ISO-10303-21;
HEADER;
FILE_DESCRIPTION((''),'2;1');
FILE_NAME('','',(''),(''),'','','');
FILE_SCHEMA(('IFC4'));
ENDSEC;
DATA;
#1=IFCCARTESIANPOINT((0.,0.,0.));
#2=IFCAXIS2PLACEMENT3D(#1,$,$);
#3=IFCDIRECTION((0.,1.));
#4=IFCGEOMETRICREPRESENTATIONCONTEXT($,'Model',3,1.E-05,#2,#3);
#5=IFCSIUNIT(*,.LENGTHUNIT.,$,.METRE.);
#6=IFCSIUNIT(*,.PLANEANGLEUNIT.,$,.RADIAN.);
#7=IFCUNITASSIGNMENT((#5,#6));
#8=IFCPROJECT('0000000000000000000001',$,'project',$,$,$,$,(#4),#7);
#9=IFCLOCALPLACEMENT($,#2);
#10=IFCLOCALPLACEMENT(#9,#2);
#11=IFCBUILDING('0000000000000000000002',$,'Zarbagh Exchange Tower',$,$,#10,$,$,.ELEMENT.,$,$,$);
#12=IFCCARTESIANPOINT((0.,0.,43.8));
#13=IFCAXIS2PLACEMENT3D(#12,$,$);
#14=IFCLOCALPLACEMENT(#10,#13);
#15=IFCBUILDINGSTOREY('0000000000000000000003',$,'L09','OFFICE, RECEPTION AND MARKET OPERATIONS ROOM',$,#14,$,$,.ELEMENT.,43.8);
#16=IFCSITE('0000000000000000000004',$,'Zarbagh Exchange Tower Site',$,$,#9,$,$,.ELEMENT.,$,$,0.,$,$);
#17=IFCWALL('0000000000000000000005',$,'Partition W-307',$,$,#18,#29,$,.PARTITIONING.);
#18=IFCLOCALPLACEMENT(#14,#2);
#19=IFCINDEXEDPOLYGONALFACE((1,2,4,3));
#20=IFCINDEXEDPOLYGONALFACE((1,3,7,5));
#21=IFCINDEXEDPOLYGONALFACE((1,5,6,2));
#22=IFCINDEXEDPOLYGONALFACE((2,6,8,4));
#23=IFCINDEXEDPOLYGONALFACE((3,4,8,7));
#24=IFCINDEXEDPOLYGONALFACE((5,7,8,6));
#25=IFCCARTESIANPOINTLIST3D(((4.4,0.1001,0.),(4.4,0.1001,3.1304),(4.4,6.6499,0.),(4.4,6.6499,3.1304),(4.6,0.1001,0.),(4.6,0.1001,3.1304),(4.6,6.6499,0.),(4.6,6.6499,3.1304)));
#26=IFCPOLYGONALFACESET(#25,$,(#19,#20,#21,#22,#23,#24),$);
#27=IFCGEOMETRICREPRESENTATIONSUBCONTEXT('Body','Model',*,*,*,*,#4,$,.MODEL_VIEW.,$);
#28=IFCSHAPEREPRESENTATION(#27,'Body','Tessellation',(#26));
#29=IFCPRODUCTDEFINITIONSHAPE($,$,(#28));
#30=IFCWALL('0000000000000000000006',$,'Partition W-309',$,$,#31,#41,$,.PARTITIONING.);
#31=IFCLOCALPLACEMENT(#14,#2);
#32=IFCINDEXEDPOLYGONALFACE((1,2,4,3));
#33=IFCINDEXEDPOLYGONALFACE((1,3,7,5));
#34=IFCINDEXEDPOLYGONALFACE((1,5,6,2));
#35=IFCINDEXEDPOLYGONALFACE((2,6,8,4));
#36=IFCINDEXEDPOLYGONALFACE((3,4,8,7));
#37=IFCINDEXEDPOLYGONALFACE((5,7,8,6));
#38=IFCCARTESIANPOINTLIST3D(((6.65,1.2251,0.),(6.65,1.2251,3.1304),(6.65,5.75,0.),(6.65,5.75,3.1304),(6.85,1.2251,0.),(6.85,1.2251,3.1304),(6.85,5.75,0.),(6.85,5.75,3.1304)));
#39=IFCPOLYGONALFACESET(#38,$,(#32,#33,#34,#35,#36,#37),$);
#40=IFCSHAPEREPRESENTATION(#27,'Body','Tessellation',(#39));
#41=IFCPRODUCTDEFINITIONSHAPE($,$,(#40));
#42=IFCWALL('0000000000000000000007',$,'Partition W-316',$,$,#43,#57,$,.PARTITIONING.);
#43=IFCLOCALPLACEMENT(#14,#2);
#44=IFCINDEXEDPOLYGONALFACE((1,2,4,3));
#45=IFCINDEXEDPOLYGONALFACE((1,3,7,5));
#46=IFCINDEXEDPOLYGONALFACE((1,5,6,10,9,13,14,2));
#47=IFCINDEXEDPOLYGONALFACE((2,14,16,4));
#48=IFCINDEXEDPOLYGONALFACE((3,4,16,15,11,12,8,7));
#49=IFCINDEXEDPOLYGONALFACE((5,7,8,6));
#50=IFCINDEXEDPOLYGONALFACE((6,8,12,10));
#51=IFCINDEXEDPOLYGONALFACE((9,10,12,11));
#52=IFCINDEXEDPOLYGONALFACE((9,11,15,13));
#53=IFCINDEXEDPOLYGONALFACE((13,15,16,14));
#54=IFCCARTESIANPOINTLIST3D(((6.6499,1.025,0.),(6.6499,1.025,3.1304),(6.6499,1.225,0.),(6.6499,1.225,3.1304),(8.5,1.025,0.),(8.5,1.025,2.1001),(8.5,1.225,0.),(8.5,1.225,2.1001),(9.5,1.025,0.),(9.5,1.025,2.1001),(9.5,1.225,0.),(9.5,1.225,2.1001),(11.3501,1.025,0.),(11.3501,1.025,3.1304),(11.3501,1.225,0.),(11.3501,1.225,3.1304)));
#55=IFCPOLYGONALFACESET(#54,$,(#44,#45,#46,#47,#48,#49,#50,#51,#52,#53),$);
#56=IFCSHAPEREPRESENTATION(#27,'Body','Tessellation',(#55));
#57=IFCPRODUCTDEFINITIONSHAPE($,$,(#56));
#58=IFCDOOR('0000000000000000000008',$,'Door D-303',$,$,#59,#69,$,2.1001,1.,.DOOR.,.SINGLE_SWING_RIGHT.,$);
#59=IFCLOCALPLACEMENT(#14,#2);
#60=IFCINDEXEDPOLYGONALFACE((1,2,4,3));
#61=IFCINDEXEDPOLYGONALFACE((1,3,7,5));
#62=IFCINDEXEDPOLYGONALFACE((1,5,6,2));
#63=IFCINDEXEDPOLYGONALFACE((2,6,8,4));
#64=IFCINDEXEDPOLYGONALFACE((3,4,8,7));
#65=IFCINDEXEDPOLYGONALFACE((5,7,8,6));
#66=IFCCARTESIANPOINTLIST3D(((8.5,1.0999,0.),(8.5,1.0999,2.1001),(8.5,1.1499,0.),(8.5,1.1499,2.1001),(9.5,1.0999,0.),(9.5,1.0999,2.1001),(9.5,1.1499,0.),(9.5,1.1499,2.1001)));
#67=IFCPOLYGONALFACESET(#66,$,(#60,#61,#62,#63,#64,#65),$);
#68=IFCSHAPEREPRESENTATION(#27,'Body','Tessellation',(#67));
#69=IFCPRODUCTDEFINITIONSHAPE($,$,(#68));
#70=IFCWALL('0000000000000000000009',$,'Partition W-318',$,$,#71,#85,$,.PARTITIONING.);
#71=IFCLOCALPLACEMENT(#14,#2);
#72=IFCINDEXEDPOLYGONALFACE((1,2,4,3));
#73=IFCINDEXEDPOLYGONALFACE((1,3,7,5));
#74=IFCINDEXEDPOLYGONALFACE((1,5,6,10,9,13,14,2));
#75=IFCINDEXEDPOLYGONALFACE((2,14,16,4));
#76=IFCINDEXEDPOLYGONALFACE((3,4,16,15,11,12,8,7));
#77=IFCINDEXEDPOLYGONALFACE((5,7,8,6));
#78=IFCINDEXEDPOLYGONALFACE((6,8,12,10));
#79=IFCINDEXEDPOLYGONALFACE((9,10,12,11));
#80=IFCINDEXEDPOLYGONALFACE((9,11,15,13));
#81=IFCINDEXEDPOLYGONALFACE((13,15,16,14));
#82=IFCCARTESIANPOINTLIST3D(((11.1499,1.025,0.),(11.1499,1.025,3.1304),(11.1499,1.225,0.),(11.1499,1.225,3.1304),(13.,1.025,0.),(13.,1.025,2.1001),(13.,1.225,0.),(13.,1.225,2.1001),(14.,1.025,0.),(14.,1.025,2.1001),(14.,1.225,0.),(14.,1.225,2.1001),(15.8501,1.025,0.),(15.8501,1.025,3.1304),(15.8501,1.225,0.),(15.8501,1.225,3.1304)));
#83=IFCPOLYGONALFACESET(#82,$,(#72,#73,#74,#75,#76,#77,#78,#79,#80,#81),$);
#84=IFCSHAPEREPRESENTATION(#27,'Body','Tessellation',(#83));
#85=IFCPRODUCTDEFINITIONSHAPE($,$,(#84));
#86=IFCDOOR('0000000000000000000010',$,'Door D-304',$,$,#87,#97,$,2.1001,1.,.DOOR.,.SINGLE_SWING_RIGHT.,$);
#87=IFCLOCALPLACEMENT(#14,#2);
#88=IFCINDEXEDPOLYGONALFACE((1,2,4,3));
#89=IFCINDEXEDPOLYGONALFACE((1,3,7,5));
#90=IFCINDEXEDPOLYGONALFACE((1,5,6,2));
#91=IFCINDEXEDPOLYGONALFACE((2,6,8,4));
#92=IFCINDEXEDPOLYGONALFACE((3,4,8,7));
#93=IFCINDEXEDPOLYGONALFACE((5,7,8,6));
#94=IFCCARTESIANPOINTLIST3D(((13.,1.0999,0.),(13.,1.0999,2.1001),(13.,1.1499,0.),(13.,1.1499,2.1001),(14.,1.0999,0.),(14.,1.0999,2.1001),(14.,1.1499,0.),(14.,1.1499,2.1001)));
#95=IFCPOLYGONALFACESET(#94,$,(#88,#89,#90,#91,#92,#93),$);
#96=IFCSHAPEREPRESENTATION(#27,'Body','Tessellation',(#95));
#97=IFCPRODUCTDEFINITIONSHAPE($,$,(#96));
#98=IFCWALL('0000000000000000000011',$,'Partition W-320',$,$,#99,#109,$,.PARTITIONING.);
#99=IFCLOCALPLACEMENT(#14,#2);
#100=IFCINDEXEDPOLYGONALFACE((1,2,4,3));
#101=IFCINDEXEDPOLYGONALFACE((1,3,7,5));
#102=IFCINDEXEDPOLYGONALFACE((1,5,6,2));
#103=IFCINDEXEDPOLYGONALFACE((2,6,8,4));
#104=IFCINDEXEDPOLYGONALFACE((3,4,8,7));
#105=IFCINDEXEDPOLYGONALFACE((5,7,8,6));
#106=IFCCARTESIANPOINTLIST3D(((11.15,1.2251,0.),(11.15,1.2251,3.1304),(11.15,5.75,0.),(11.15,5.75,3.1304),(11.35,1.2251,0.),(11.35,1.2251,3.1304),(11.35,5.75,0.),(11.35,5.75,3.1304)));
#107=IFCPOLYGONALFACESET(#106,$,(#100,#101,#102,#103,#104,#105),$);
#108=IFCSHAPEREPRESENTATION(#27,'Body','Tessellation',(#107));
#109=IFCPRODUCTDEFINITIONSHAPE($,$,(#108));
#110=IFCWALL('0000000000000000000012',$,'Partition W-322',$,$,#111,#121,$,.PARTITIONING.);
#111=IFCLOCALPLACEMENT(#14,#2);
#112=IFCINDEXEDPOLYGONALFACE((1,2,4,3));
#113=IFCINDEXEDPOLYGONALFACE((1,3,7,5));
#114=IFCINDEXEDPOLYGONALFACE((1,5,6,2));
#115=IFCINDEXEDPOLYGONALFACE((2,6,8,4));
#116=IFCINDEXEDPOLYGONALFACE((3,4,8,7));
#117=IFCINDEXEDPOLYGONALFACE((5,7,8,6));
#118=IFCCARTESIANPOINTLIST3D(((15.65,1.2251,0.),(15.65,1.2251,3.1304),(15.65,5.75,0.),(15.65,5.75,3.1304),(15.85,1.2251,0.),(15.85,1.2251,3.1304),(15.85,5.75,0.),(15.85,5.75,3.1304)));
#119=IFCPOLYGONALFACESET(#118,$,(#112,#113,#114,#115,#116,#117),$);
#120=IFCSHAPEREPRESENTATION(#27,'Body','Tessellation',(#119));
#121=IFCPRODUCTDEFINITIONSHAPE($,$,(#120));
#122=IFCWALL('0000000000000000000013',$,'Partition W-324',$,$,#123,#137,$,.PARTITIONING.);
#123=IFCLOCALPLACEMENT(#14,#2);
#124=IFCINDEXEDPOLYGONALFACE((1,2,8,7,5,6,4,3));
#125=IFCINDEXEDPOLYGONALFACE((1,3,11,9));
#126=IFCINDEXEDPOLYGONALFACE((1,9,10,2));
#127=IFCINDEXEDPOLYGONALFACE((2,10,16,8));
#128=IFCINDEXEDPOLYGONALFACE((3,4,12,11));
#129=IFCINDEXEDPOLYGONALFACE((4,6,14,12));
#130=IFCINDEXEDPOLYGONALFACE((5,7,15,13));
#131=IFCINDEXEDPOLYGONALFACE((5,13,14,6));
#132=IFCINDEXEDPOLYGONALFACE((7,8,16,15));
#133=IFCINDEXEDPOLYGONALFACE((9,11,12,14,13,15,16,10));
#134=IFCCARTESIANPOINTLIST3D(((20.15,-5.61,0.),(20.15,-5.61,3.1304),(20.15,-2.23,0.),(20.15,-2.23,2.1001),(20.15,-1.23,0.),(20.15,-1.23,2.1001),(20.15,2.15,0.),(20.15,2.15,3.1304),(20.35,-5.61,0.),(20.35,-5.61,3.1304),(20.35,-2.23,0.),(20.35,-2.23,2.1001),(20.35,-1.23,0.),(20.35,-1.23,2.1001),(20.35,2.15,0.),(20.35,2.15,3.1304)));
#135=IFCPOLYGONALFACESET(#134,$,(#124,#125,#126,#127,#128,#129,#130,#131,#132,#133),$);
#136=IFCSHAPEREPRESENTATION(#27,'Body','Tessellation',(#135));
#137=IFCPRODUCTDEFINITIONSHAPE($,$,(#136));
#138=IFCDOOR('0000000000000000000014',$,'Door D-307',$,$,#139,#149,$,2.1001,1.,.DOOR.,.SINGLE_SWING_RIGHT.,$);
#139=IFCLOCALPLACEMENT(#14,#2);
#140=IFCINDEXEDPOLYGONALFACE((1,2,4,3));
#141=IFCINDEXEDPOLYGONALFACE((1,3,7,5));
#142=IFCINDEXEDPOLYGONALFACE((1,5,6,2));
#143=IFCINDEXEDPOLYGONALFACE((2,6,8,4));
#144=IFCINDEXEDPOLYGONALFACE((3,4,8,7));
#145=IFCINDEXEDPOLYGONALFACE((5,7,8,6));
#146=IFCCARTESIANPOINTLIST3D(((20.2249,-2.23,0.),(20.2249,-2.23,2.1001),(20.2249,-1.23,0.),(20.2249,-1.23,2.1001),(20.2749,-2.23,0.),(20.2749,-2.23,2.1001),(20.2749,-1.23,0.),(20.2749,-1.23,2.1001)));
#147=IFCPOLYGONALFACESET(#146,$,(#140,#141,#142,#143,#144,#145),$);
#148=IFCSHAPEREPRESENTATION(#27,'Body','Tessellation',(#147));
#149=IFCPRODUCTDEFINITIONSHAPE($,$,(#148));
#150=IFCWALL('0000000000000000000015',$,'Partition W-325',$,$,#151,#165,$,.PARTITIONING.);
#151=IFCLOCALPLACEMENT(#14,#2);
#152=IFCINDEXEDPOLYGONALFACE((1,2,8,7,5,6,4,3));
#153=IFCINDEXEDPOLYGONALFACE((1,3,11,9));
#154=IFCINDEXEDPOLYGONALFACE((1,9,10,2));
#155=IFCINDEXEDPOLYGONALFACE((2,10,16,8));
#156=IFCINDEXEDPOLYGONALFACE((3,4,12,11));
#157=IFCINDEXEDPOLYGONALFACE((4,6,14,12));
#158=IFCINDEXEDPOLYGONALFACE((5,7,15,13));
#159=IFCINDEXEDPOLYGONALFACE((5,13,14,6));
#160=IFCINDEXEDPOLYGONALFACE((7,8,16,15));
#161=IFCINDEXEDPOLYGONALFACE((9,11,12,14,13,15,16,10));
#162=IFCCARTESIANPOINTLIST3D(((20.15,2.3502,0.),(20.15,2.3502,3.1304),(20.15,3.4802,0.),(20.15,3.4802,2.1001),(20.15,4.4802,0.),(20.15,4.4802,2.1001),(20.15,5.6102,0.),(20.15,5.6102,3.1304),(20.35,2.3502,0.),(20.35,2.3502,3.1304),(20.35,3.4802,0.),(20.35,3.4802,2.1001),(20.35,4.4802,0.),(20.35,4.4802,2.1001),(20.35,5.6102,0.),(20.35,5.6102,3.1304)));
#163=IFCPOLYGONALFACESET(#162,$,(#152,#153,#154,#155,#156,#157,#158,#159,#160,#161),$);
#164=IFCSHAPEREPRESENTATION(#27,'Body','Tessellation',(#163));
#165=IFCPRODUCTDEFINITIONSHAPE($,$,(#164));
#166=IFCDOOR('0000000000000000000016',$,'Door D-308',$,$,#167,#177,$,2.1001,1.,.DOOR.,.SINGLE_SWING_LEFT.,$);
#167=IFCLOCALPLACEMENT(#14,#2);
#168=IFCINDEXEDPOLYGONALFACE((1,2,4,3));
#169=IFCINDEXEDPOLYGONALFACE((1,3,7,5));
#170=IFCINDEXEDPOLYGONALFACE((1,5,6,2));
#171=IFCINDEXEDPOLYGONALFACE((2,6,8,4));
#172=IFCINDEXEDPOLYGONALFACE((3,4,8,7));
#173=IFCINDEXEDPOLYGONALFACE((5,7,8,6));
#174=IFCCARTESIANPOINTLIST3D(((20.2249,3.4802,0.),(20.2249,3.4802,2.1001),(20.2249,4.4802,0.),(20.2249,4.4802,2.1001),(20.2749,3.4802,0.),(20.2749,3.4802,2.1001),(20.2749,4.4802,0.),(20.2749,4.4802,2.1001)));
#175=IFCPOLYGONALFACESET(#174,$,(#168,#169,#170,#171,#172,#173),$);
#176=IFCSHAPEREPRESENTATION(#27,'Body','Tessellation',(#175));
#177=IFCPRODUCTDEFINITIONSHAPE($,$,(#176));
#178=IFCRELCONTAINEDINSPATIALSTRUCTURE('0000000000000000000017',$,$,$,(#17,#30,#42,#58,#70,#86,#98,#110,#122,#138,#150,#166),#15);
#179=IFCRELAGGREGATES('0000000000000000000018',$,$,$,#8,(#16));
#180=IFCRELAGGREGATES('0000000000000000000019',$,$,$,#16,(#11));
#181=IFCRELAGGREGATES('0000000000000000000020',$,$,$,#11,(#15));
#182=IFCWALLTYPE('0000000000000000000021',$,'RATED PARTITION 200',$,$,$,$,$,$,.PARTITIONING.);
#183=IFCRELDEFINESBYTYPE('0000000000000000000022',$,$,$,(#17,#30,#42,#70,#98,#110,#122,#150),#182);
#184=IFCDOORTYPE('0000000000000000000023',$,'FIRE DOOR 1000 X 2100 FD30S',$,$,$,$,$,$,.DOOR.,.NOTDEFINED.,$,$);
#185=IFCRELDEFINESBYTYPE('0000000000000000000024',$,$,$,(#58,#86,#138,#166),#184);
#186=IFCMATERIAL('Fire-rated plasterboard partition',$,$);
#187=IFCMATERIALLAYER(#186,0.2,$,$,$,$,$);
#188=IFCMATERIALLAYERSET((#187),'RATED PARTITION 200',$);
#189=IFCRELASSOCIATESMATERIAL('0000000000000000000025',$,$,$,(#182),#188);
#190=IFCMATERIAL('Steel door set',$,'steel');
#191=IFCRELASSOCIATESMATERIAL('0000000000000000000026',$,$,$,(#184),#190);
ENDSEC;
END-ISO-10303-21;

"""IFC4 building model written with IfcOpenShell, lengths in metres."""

from ifc_helpers import new_model, si_unit, direction, frame, frame_2d, origin, place, context, subcontext, project, spatial, rectangle, extrude, material, layer, layer_set, type_object, element, fill, save


model = new_model("IFC4")

# Units and contexts
model_context = context("Model", 3, precision=1e-05, world=origin(), true_north=direction((0.0, 1.0)))
body_context = subcontext(model_context, "Body", "Model", "MODEL_VIEW")
ifc_project = project(units=[si_unit("LENGTHUNIT", "METRE"), si_unit("PLANEANGLEUNIT", "RADIAN")], contexts=[model_context])

# Site, building, storey
site_placement = place(None, origin())
site = spatial("IfcSite", under=ifc_project, at=site_placement, Name="Zarbagh Exchange Tower Site", CompositionType="ELEMENT", RefElevation=0.0)
building_placement = place(site_placement, origin())
building = spatial("IfcBuilding", under=site, at=building_placement, Name="Zarbagh Exchange Tower", CompositionType="ELEMENT")
storey_placement = place(building_placement, frame((0.0, 0.0, 43.8)))
storey = spatial("IfcBuildingStorey", under=building, at=storey_placement, Name="L09", Description="OFFICE, RECEPTION AND MARKET OPERATIONS ROOM", CompositionType="ELEMENT", Elevation=43.8)

# Walls
ifc_material_1 = material(Name="Fire-rated plasterboard partition")
ifc_layer = layer(ifc_material_1, 0.2)
ifc_layer_set = layer_set([ifc_layer], Name="RATED PARTITION 200")
wall_type = type_object("IfcWallType", Name="RATED PARTITION 200", PredefinedType="PARTITIONING", material=ifc_layer_set)
wall_1_placement = place(storey_placement, frame((4.5, 0.1001, 0.0), z_axis=(0.0, 0.0, 1.0), x_axis=(0.0, 1.0, 0.0)))
element("IfcWall", 1, at=wall_1_placement, inside=storey, type_object=wall_type, Name="Partition W-307", PredefinedType="PARTITIONING", context=body_context, shape_type="SweptSolid", body=[
    extrude(rectangle(XDim=6.5498, YDim=0.2, at=frame_2d((3.2749, 0.0))), origin(), (0.0, 0.0, 1.0), 3.1304),
])
wall_2_placement = place(storey_placement, frame((6.75, 1.2251, 0.0), z_axis=(0.0, 0.0, 1.0), x_axis=(0.0, 1.0, 0.0)))
element("IfcWall", 2, at=wall_2_placement, inside=storey, type_object=wall_type, Name="Partition W-309", PredefinedType="PARTITIONING", context=body_context, shape_type="SweptSolid", body=[
    extrude(rectangle(XDim=4.5249, YDim=0.2, at=frame_2d((2.2625, 0.0))), origin(), (0.0, 0.0, 1.0), 3.1304),
])

# Walls, openings, doors
wall_3_placement = place(storey_placement, frame((6.6499, 1.125, 0.0), z_axis=(0.0, 0.0, 1.0), x_axis=(1.0, 0.0, 0.0)))
wall_3 = element("IfcWall", 3, at=wall_3_placement, inside=storey, type_object=wall_type, Name="Partition W-316", PredefinedType="PARTITIONING", context=body_context, shape_type="SweptSolid", body=[
    extrude(rectangle(XDim=4.7002, YDim=0.2, at=frame_2d((2.3501, 0.0))), origin(), (0.0, 0.0, 1.0), 3.1304),
])
opening_1_placement = place(wall_3_placement, frame((1.8501, 0.0, 0.0)))
opening_1 = element("IfcOpeningElement", 4, at=opening_1_placement, cuts=wall_3, PredefinedType="OPENING", context=body_context, shape_type="SweptSolid", body=[
    extrude(rectangle(XDim=1.0, YDim=2.1001, at=frame_2d((0.5, 1.05))), frame((0.0, 0.1099, 0.0), z_axis=(0.0, -1.0, 0.0), x_axis=(1.0, 0.0, 0.0)), (0.0, 0.0, 1.0), 0.22),
])
ifc_material_2 = material(Name="Steel door set", Category="steel")
door_type = type_object("IfcDoorType", Name="FIRE DOOR 1000 X 2100 FD30S", OperationType="NOTDEFINED", PredefinedType="DOOR", material=ifc_material_2)
door_1_placement = place(opening_1_placement, origin())
door_1 = element("IfcDoor", 5, at=door_1_placement, inside=storey, type_object=door_type, Name="Door D-303", OperationType="SINGLE_SWING_RIGHT", OverallHeight=2.1001, OverallWidth=1.0, PredefinedType="DOOR", context=body_context, shape_type="SweptSolid", body=[
    extrude(rectangle(XDim=1.0, YDim=2.1001, at=frame_2d((0.5, 1.05))), frame((0.0, 0.0249, 0.0), z_axis=(0.0, -1.0, 0.0), x_axis=(1.0, 0.0, 0.0)), (0.0, 0.0, 1.0), 0.05),
])
fill(opening_1, door_1)
wall_4_placement = place(storey_placement, frame((11.1499, 1.125, 0.0), z_axis=(0.0, 0.0, 1.0), x_axis=(1.0, 0.0, 0.0)))
wall_4 = element("IfcWall", 6, at=wall_4_placement, inside=storey, type_object=wall_type, Name="Partition W-318", PredefinedType="PARTITIONING", context=body_context, shape_type="SweptSolid", body=[
    extrude(rectangle(XDim=4.7002, YDim=0.2, at=frame_2d((2.3501, 0.0))), origin(), (0.0, 0.0, 1.0), 3.1304),
])
opening_2_placement = place(wall_4_placement, frame((1.8501, 0.0, 0.0)))
opening_2 = element("IfcOpeningElement", 7, at=opening_2_placement, cuts=wall_4, PredefinedType="OPENING", context=body_context, shape_type="SweptSolid", body=[
    extrude(rectangle(XDim=1.0, YDim=2.1001, at=frame_2d((0.5, 1.05))), frame((0.0, 0.1099, 0.0), z_axis=(0.0, -1.0, 0.0), x_axis=(1.0, 0.0, 0.0)), (0.0, 0.0, 1.0), 0.22),
])
door_2_placement = place(opening_2_placement, origin())
door_2 = element("IfcDoor", 8, at=door_2_placement, inside=storey, type_object=door_type, Name="Door D-304", OperationType="SINGLE_SWING_RIGHT", OverallHeight=2.1001, OverallWidth=1.0, PredefinedType="DOOR", context=body_context, shape_type="SweptSolid", body=[
    extrude(rectangle(XDim=1.0, YDim=2.1001, at=frame_2d((0.5, 1.05))), frame((0.0, 0.0249, 0.0), z_axis=(0.0, -1.0, 0.0), x_axis=(1.0, 0.0, 0.0)), (0.0, 0.0, 1.0), 0.05),
])
fill(opening_2, door_2)

# Walls
for number, where, z_axis, x_axis, name in (
    (9, (11.25, 1.2251, 0.0), (0.0, 0.0, 1.0), (0.0, 1.0, 0.0), "Partition W-320"),
    (10, (15.75, 1.2251, 0.0), (0.0, 0.0, 1.0), (0.0, 1.0, 0.0), "Partition W-322"),
):
    element("IfcWall", number, at=place(storey_placement, frame(where, z_axis=z_axis, x_axis=x_axis)), inside=storey, type_object=wall_type, Name=name, PredefinedType="PARTITIONING", context=body_context, shape_type="SweptSolid", body=[
        extrude(rectangle(XDim=4.5249, YDim=0.2, at=frame_2d((2.2625, 0.0))), origin(), (0.0, 0.0, 1.0), 3.1304),
    ])

# Walls, openings, doors
wall_5_placement = place(storey_placement, frame((20.25, 2.1499, 0.0), z_axis=(0.0, 0.0, 1.0), x_axis=(0.0, -1.0, 0.0)))
wall_5 = element("IfcWall", 11, at=wall_5_placement, inside=storey, type_object=wall_type, Name="Partition W-324", PredefinedType="PARTITIONING", context=body_context, shape_type="SweptSolid", body=[
    extrude(rectangle(XDim=7.76, YDim=0.2, at=frame_2d((3.8799, 0.0))), origin(), (0.0, 0.0, 1.0), 3.1304),
])
opening_3_placement = place(wall_5_placement, frame((3.3799, 0.0, 0.0)))
opening_3 = element("IfcOpeningElement", 12, at=opening_3_placement, cuts=wall_5, PredefinedType="OPENING", context=body_context, shape_type="SweptSolid", body=[
    extrude(rectangle(XDim=1.0, YDim=2.1001, at=frame_2d((0.5, 1.05))), frame((0.0, 0.1099, 0.0), z_axis=(0.0, -1.0, 0.0), x_axis=(1.0, 0.0, 0.0)), (0.0, 0.0, 1.0), 0.22),
])
door_3_placement = place(opening_3_placement, origin())
door_3 = element("IfcDoor", 13, at=door_3_placement, inside=storey, type_object=door_type, Name="Door D-307", OperationType="SINGLE_SWING_RIGHT", OverallHeight=2.1001, OverallWidth=1.0, PredefinedType="DOOR", context=body_context, shape_type="SweptSolid", body=[
    extrude(rectangle(XDim=1.0, YDim=2.1001, at=frame_2d((0.5, 1.05))), frame((0.0, 0.0249, 0.0), z_axis=(0.0, -1.0, 0.0), x_axis=(1.0, 0.0, 0.0)), (0.0, 0.0, 1.0), 0.05),
])
fill(opening_3, door_3)
wall_6_placement = place(storey_placement, frame((20.25, 5.6101, 0.0), z_axis=(0.0, 0.0, 1.0), x_axis=(0.0, -1.0, 0.0)))
wall_6 = element("IfcWall", 14, at=wall_6_placement, inside=storey, type_object=wall_type, Name="Partition W-325", PredefinedType="PARTITIONING", context=body_context, shape_type="SweptSolid", body=[
    extrude(rectangle(XDim=3.26, YDim=0.2, at=frame_2d((1.6299, 0.0))), origin(), (0.0, 0.0, 1.0), 3.1304),
])
opening_4_placement = place(wall_6_placement, frame((1.1299, 0.0, 0.0)))
opening_4 = element("IfcOpeningElement", 15, at=opening_4_placement, cuts=wall_6, PredefinedType="OPENING", context=body_context, shape_type="SweptSolid", body=[
    extrude(rectangle(XDim=1.0, YDim=2.1001, at=frame_2d((0.5, 1.05))), frame((0.0, 0.1099, 0.0), z_axis=(0.0, -1.0, 0.0), x_axis=(1.0, 0.0, 0.0)), (0.0, 0.0, 1.0), 0.22),
])
door_4_placement = place(opening_4_placement, origin())
door_4 = element("IfcDoor", 16, at=door_4_placement, inside=storey, type_object=door_type, Name="Door D-308", OperationType="SINGLE_SWING_LEFT", OverallHeight=2.1001, OverallWidth=1.0, PredefinedType="DOOR", context=body_context, shape_type="SweptSolid", body=[
    extrude(rectangle(XDim=1.0, YDim=2.1001, at=frame_2d((0.5, 1.05))), frame((0.0, 0.0249, 0.0), z_axis=(0.0, -1.0, 0.0), x_axis=(1.0, 0.0, 0.0)), (0.0, 0.0, 1.0), 0.05),
])
fill(opening_4, door_4)

save(model, "model.ifc")
